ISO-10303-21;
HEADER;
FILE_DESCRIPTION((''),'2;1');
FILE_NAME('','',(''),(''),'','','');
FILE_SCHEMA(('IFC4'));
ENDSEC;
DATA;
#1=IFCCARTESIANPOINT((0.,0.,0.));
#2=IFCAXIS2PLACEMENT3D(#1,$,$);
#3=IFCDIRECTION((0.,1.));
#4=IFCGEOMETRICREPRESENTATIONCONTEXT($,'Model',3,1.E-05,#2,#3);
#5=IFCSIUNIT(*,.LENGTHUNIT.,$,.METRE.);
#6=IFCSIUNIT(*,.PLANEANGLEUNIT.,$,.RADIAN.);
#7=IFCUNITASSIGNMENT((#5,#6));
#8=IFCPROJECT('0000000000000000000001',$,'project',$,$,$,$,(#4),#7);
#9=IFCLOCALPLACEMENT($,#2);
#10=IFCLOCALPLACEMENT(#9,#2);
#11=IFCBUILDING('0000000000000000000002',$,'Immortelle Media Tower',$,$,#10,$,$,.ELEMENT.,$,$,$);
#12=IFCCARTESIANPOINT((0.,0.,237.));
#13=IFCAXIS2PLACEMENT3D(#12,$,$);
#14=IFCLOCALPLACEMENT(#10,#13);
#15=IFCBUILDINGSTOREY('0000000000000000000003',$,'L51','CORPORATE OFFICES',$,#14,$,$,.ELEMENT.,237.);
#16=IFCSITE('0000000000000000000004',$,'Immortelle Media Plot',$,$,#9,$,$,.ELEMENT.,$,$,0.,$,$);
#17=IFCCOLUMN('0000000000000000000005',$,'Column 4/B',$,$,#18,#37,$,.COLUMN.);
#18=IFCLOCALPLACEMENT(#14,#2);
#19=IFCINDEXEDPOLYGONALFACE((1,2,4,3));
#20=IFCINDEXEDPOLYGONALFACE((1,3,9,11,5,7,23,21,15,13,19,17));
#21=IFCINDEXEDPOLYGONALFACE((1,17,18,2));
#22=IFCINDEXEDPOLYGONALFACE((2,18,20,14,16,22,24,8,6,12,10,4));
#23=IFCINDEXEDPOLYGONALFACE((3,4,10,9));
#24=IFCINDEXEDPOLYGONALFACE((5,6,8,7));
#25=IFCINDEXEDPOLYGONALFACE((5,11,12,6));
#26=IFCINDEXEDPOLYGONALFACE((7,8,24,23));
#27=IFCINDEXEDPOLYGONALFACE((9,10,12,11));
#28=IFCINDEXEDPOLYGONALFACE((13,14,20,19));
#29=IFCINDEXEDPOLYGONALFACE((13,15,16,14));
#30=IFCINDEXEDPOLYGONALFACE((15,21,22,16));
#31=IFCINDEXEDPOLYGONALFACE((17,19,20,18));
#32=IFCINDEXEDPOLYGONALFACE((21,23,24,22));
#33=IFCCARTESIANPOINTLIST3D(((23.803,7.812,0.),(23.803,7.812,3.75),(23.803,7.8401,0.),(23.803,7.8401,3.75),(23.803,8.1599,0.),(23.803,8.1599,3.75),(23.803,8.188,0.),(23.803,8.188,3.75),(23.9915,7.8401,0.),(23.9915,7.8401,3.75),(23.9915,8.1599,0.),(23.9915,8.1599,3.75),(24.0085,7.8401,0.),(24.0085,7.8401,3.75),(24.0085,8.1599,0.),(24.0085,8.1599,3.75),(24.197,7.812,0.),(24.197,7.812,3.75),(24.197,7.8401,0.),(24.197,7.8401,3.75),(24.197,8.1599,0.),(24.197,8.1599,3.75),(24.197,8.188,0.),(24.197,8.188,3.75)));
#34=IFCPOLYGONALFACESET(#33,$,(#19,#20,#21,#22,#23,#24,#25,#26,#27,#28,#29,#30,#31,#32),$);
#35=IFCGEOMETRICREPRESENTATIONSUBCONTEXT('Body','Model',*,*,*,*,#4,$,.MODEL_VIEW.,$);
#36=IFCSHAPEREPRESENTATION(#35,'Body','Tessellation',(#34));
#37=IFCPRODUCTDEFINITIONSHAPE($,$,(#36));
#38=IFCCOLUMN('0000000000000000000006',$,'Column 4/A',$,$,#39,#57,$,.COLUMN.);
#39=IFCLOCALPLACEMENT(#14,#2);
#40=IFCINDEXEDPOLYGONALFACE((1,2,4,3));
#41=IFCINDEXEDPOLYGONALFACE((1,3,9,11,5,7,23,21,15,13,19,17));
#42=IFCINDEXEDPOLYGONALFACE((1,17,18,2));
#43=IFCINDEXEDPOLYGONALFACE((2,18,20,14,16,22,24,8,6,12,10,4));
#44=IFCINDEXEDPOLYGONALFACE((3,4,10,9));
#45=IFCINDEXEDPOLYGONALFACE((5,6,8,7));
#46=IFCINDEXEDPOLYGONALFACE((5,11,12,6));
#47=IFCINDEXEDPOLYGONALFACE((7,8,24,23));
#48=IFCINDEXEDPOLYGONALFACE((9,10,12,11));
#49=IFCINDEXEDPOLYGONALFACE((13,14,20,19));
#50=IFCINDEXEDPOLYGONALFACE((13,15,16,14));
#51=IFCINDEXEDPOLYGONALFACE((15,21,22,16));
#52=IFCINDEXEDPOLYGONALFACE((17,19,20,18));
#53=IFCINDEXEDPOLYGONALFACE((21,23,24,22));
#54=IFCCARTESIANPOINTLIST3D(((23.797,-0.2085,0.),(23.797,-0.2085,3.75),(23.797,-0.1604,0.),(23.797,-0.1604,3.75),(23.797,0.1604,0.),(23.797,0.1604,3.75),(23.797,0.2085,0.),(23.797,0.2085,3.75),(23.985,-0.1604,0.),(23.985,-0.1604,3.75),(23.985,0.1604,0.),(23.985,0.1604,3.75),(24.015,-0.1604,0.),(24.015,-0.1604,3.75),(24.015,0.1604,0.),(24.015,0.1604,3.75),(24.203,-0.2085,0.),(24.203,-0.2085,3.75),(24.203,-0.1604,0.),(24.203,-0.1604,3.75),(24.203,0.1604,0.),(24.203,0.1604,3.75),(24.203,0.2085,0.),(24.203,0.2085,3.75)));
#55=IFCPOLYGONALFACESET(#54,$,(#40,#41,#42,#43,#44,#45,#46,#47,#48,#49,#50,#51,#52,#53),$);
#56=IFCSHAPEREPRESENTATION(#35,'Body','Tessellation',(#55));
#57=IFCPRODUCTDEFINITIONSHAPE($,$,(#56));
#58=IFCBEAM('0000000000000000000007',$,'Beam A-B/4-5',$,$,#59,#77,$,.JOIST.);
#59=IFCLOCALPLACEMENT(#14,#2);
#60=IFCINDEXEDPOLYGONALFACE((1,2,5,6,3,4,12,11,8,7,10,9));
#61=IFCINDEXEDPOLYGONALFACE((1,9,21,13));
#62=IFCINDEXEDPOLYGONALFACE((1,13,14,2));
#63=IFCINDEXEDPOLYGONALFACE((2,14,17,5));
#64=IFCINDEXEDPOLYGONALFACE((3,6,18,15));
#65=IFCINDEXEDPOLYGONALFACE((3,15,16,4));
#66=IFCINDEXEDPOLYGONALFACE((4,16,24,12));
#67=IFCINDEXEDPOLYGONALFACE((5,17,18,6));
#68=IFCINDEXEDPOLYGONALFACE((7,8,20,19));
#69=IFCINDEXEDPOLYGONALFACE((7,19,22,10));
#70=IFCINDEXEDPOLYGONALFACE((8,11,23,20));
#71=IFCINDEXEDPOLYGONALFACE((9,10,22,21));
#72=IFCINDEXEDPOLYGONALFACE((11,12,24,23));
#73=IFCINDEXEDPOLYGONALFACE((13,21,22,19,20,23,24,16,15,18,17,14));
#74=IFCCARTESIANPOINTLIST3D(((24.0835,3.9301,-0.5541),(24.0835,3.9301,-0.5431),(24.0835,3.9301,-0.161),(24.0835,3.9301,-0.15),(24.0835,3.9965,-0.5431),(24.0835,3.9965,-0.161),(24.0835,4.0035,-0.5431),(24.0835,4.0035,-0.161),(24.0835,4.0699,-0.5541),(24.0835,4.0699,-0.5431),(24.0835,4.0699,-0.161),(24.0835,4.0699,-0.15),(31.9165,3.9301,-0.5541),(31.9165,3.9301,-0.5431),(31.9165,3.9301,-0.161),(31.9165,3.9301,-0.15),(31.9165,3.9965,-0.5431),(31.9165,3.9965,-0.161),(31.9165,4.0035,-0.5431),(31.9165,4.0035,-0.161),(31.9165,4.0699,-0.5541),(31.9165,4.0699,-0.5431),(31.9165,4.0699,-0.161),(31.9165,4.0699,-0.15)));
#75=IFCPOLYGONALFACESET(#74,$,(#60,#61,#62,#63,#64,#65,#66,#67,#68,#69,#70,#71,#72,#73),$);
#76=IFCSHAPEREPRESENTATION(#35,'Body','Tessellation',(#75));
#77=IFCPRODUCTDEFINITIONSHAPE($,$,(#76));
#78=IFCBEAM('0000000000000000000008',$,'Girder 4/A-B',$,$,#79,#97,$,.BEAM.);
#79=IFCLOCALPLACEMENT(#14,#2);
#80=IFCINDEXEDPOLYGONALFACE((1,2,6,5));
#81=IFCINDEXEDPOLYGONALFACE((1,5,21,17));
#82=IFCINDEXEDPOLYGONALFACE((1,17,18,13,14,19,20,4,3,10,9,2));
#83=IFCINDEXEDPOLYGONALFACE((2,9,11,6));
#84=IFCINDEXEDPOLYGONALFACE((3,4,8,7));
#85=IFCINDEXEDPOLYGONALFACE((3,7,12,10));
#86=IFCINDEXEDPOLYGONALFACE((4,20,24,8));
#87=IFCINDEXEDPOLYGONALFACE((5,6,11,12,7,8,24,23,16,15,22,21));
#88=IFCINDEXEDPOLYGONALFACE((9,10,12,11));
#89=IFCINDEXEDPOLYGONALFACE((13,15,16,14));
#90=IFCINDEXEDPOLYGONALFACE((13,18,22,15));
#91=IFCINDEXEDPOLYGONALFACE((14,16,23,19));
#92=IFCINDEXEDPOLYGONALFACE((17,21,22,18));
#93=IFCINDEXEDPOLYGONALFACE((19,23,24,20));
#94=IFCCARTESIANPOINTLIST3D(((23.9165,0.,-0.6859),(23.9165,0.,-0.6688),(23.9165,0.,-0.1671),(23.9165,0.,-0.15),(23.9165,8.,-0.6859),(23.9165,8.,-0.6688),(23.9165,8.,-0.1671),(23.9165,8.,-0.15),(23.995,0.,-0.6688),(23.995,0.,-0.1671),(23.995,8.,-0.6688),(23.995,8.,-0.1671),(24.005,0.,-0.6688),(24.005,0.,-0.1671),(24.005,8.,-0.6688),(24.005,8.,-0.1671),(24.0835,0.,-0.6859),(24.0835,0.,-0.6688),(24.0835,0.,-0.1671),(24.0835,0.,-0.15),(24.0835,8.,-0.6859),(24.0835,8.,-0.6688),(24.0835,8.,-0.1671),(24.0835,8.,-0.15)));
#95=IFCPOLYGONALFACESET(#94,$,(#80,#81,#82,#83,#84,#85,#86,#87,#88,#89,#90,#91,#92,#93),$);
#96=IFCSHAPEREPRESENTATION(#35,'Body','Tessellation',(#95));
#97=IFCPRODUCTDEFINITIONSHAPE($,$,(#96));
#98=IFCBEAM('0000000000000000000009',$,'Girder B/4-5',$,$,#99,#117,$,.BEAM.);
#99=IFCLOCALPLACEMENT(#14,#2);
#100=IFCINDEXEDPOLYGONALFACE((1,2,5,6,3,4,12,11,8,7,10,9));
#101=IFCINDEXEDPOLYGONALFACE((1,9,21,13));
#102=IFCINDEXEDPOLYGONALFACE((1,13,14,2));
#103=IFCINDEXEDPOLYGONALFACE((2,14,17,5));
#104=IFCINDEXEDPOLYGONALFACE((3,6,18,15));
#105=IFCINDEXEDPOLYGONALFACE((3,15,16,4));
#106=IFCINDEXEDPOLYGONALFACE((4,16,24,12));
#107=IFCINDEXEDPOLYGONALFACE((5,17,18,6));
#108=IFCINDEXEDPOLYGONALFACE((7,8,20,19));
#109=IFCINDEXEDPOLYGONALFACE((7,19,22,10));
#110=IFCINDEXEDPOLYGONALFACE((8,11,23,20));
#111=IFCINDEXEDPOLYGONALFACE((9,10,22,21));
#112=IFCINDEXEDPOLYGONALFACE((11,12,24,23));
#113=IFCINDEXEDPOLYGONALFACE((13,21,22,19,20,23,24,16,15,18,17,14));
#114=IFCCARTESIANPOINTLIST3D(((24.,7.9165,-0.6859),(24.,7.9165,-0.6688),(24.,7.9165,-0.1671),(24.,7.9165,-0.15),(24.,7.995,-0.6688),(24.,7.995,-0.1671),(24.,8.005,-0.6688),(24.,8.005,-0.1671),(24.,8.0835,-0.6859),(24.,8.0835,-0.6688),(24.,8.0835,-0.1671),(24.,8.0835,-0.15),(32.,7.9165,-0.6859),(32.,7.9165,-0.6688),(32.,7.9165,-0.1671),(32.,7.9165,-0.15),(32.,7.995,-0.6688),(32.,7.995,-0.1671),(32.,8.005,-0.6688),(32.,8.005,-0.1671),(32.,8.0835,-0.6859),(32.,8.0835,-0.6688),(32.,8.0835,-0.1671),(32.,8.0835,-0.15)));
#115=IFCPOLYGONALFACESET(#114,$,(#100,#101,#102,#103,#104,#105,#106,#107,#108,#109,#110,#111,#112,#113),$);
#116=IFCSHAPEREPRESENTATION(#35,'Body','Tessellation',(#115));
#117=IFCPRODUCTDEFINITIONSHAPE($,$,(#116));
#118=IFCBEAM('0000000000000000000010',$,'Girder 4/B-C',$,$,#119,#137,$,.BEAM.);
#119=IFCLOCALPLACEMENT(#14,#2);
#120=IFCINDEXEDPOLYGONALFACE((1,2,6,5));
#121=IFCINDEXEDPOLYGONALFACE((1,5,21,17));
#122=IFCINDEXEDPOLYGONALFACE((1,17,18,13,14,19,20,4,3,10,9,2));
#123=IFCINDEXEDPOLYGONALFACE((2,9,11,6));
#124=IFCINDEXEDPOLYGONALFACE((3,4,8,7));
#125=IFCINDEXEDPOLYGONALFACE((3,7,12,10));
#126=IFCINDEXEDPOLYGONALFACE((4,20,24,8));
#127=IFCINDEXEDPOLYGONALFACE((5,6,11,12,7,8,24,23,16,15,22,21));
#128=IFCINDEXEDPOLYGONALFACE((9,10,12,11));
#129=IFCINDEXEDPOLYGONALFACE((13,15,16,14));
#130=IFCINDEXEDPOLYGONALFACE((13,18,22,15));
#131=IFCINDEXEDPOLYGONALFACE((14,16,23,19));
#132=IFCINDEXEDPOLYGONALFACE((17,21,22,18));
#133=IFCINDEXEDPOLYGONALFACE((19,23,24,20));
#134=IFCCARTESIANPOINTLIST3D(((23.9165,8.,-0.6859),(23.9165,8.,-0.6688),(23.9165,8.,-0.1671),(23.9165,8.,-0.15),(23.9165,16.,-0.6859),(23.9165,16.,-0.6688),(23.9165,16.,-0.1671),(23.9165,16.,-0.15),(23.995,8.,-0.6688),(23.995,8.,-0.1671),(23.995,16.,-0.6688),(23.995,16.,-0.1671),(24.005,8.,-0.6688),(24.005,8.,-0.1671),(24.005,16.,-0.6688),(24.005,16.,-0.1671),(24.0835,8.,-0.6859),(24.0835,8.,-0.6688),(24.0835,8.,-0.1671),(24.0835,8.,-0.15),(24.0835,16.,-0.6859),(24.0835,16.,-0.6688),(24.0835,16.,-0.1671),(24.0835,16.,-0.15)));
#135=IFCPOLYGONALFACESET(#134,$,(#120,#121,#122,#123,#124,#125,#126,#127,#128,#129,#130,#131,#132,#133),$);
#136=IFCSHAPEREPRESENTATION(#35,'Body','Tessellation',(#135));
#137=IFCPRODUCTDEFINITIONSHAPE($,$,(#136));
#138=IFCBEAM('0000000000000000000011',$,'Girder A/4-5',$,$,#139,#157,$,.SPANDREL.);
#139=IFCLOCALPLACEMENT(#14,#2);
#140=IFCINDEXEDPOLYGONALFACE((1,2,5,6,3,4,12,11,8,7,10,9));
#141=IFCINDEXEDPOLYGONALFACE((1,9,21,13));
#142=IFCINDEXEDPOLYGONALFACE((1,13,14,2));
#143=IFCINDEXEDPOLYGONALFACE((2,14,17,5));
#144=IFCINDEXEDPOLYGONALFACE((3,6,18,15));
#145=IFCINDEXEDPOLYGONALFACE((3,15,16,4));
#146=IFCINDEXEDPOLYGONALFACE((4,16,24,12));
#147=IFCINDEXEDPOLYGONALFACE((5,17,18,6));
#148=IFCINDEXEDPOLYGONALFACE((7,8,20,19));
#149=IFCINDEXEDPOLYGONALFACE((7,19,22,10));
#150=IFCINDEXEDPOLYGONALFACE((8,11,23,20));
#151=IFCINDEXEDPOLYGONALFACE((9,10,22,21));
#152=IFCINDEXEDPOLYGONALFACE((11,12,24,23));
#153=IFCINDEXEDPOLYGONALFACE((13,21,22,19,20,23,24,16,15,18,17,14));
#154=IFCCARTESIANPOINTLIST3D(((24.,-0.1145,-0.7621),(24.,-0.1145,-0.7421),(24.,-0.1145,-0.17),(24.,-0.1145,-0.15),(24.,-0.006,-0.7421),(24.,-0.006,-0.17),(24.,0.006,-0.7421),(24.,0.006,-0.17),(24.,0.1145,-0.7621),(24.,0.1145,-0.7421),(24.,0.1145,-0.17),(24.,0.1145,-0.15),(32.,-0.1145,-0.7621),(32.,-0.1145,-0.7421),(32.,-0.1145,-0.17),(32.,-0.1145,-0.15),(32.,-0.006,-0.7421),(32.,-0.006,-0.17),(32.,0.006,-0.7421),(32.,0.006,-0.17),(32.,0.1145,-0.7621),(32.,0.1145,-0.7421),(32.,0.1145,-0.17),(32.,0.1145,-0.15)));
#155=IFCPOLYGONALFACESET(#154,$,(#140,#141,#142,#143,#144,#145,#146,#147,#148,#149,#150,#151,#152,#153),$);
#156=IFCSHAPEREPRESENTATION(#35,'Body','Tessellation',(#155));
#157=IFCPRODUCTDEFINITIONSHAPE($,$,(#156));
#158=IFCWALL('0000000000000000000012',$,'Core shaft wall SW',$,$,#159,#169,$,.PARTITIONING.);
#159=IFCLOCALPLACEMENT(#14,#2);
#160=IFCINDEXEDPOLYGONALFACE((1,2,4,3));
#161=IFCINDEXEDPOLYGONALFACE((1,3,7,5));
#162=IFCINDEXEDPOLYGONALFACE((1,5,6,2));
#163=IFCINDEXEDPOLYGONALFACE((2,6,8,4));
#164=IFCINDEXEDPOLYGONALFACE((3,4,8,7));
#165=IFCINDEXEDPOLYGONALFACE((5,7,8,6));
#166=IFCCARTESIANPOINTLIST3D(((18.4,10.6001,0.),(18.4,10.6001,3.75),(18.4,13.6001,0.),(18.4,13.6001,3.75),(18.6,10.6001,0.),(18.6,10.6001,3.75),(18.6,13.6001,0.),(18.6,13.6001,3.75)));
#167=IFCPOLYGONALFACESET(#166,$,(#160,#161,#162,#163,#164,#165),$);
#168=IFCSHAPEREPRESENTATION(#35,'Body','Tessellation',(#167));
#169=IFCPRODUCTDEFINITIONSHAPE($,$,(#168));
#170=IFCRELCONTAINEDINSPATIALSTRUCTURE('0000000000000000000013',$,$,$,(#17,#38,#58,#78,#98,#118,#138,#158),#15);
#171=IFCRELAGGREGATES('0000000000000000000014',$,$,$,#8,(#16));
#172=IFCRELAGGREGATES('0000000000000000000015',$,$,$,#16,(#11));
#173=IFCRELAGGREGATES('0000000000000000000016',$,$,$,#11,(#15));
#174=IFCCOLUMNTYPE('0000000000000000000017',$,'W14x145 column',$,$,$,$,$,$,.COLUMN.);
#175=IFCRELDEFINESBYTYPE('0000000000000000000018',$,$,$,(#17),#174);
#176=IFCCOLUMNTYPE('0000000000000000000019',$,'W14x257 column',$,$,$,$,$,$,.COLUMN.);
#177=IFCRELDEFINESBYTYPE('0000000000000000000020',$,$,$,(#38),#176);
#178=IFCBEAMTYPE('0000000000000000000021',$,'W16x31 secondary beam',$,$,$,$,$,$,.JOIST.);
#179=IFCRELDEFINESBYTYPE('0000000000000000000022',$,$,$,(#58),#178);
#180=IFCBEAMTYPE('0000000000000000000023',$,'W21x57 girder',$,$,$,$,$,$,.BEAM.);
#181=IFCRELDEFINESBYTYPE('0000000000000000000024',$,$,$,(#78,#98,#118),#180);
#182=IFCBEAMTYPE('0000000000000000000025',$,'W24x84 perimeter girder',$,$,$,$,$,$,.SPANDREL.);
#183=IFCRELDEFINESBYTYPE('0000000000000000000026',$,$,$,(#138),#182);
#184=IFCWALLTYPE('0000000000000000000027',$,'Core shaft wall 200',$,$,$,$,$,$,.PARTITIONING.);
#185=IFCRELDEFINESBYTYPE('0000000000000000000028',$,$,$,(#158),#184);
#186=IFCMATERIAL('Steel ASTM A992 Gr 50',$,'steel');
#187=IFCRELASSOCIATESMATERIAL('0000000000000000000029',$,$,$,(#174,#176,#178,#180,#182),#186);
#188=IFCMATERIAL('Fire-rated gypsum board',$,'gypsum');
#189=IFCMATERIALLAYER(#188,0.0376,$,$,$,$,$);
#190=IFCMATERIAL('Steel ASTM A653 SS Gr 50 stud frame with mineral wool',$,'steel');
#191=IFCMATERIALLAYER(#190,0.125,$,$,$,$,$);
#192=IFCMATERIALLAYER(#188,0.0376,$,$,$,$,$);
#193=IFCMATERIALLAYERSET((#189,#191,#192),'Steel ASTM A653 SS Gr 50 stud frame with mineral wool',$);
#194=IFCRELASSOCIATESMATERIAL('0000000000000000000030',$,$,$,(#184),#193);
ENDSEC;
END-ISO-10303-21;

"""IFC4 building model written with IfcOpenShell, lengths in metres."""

from ifc_helpers import new_model, si_unit, direction, frame, frame_2d, origin, origin_2d, place, context, subcontext, project, spatial, rectangle, i_section, extrude, material, layer, layer_set, material_profile, profile_set, type_object, element, save


model = new_model("IFC4")

# Units and contexts
model_context = context("Model", 3, precision=1e-05, world=origin(), true_north=direction((0.0, 1.0)))
body_context = subcontext(model_context, "Body", "Model", "MODEL_VIEW")
ifc_project = project(units=[si_unit("LENGTHUNIT", "METRE"), si_unit("PLANEANGLEUNIT", "RADIAN")], contexts=[model_context])

# Site, building, storey
site_placement = place(None, origin())
site = spatial("IfcSite", under=ifc_project, at=site_placement, Name="Immortelle Media Plot", CompositionType="ELEMENT", RefElevation=0.0)
building_placement = place(site_placement, origin())
building = spatial("IfcBuilding", under=site, at=building_placement, Name="Immortelle Media Tower", CompositionType="ELEMENT")
storey_placement = place(building_placement, frame((0.0, 0.0, 237.0)))
storey = spatial("IfcBuildingStorey", under=building, at=storey_placement, Name="L51", Description="CORPORATE OFFICES", CompositionType="ELEMENT", Elevation=237.0)

# Columns
ifc_material_1 = material(Name="Steel ASTM A992 Gr 50", Category="steel")
ifc_material_profile_1 = material_profile(ifc_material_1, i_section(OverallWidth=0.394, OverallDepth=0.376, WebThickness=0.0171, FlangeThickness=0.0281, at=origin_2d()), Name="W14x145")
ifc_profile_set_1 = profile_set([ifc_material_profile_1], Name="Steel ASTM A992 Gr 50")
column_type_1 = type_object("IfcColumnType", Name="W14x145 column", PredefinedType="COLUMN", material=ifc_profile_set_1)
column_1_placement = place(storey_placement, frame((24.0, 8.0, 0.0), z_axis=(0.0, 0.0, 1.0), x_axis=(1.0, 0.0, 0.0)))
element("IfcColumn", 1, at=column_1_placement, inside=storey, type_object=column_type_1, Name="Column 4/B", PredefinedType="COLUMN", context=body_context, shape_type="SweptSolid", body=[
    extrude(i_section(OverallWidth=0.394, OverallDepth=0.376, WebThickness=0.0171, FlangeThickness=0.0281, at=origin_2d()), origin(), (0.0, 0.0, 1.0), 3.75),
])
ifc_material_profile_2 = material_profile(ifc_material_1, i_section(OverallWidth=0.406, OverallDepth=0.417, WebThickness=0.03, FlangeThickness=0.0481, at=origin_2d()), Name="W14x257")
ifc_profile_set_2 = profile_set([ifc_material_profile_2], Name="Steel ASTM A992 Gr 50")
column_type_2 = type_object("IfcColumnType", Name="W14x257 column", PredefinedType="COLUMN", material=ifc_profile_set_2)
column_2_placement = place(storey_placement, frame((24.0, 0.0, 0.0), z_axis=(0.0, 0.0, 1.0), x_axis=(1.0, 0.0, 0.0)))
element("IfcColumn", 2, at=column_2_placement, inside=storey, type_object=column_type_2, Name="Column 4/A", PredefinedType="COLUMN", context=body_context, shape_type="SweptSolid", body=[
    extrude(i_section(OverallWidth=0.406, OverallDepth=0.417, WebThickness=0.03, FlangeThickness=0.0481, at=origin_2d()), origin(), (0.0, 0.0, 1.0), 3.75),
])

# Beams
ifc_material_profile_3 = material_profile(ifc_material_1, i_section(OverallWidth=0.1399, OverallDepth=0.4041, WebThickness=0.0071, FlangeThickness=0.011, at=origin_2d()), Name="W16x31")
ifc_profile_set_3 = profile_set([ifc_material_profile_3], Name="Steel ASTM A992 Gr 50")
beam_type_1 = type_object("IfcBeamType", Name="W16x31 secondary beam", PredefinedType="JOIST", material=ifc_profile_set_3)
beam_1_placement = place(storey_placement, frame((24.0835, 4.0, -0.3521), z_axis=(1.0, 0.0, 0.0), x_axis=(0.0, 1.0, 0.0)))
element("IfcBeam", 3, at=beam_1_placement, inside=storey, type_object=beam_type_1, Name="Beam A-B/4-5", PredefinedType="JOIST", context=body_context, shape_type="SweptSolid", body=[
    extrude(i_section(OverallWidth=0.1399, OverallDepth=0.4041, WebThickness=0.0071, FlangeThickness=0.011, at=origin_2d()), origin(), (0.0, 0.0, 1.0), 7.833),
])
ifc_material_profile_4 = material_profile(ifc_material_1, i_section(OverallWidth=0.167, OverallDepth=0.5359, WebThickness=0.01, FlangeThickness=0.0171, at=origin_2d()), Name="W21x57")
ifc_profile_set_4 = profile_set([ifc_material_profile_4], Name="Steel ASTM A992 Gr 50")
beam_type_2 = type_object("IfcBeamType", Name="W21x57 girder", PredefinedType="BEAM", material=ifc_profile_set_4)
for number, where, z_axis, x_axis, name in (
    (4, (24.0, 0.0, -0.418), (0.0, 1.0, 0.0), (-1.0, 0.0, 0.0), "Girder 4/A-B"),
    (5, (24.0, 8.0, -0.418), (1.0, 0.0, 0.0), (0.0, 1.0, 0.0), "Girder B/4-5"),
    (6, (24.0, 8.0, -0.418), (0.0, 1.0, 0.0), (-1.0, 0.0, 0.0), "Girder 4/B-C"),
):
    element("IfcBeam", number, at=place(storey_placement, frame(where, z_axis=z_axis, x_axis=x_axis)), inside=storey, type_object=beam_type_2, Name=name, PredefinedType="BEAM", context=body_context, shape_type="SweptSolid", body=[
        extrude(i_section(OverallWidth=0.167, OverallDepth=0.5359, WebThickness=0.01, FlangeThickness=0.0171, at=origin_2d()), origin(), (0.0, 0.0, 1.0), 8.0),
    ])
ifc_material_profile_5 = material_profile(ifc_material_1, i_section(OverallWidth=0.229, OverallDepth=0.6121, WebThickness=0.012, FlangeThickness=0.02, at=origin_2d()), Name="W24x84")
ifc_profile_set_5 = profile_set([ifc_material_profile_5], Name="Steel ASTM A992 Gr 50")
beam_type_3 = type_object("IfcBeamType", Name="W24x84 perimeter girder", PredefinedType="SPANDREL", material=ifc_profile_set_5)
beam_2_placement = place(storey_placement, frame((24.0, 0.0, -0.4561), z_axis=(1.0, 0.0, 0.0), x_axis=(0.0, 1.0, 0.0)))
element("IfcBeam", 7, at=beam_2_placement, inside=storey, type_object=beam_type_3, Name="Girder A/4-5", PredefinedType="SPANDREL", context=body_context, shape_type="SweptSolid", body=[
    extrude(i_section(OverallWidth=0.229, OverallDepth=0.6121, WebThickness=0.012, FlangeThickness=0.02, at=origin_2d()), origin(), (0.0, 0.0, 1.0), 8.0),
])

# Wall
ifc_material_2 = material(Name="Fire-rated gypsum board", Category="gypsum")
ifc_layer_1 = layer(ifc_material_2, 0.0376)
ifc_material_3 = material(Name="Steel ASTM A653 SS Gr 50 stud frame with mineral wool", Category="steel")
ifc_layer_2 = layer(ifc_material_3, 0.125)
ifc_layer_3 = layer(ifc_material_2, 0.0376)
ifc_layer_set_1 = layer_set([ifc_layer_1, ifc_layer_2, ifc_layer_3], Name="Steel ASTM A653 SS Gr 50 stud frame with mineral wool")
wall_type_1 = type_object("IfcWallType", Name="Core shaft wall 200", PredefinedType="PARTITIONING", material=ifc_layer_set_1)
wall_1_placement = place(storey_placement, frame((18.5, 10.6001, 0.0), z_axis=(0.0, 0.0, 1.0), x_axis=(0.0, 1.0, 0.0)))
element("IfcWall", 8, at=wall_1_placement, inside=storey, type_object=wall_type_1, Name="Core shaft wall SW", PredefinedType="PARTITIONING", context=body_context, shape_type="SweptSolid", body=[
    extrude(rectangle(XDim=3.0, YDim=0.2, at=frame_2d((1.5, 0.0))), origin(), (0.0, 0.0, 1.0), 3.75),
])

save(model, "model.ifc")
